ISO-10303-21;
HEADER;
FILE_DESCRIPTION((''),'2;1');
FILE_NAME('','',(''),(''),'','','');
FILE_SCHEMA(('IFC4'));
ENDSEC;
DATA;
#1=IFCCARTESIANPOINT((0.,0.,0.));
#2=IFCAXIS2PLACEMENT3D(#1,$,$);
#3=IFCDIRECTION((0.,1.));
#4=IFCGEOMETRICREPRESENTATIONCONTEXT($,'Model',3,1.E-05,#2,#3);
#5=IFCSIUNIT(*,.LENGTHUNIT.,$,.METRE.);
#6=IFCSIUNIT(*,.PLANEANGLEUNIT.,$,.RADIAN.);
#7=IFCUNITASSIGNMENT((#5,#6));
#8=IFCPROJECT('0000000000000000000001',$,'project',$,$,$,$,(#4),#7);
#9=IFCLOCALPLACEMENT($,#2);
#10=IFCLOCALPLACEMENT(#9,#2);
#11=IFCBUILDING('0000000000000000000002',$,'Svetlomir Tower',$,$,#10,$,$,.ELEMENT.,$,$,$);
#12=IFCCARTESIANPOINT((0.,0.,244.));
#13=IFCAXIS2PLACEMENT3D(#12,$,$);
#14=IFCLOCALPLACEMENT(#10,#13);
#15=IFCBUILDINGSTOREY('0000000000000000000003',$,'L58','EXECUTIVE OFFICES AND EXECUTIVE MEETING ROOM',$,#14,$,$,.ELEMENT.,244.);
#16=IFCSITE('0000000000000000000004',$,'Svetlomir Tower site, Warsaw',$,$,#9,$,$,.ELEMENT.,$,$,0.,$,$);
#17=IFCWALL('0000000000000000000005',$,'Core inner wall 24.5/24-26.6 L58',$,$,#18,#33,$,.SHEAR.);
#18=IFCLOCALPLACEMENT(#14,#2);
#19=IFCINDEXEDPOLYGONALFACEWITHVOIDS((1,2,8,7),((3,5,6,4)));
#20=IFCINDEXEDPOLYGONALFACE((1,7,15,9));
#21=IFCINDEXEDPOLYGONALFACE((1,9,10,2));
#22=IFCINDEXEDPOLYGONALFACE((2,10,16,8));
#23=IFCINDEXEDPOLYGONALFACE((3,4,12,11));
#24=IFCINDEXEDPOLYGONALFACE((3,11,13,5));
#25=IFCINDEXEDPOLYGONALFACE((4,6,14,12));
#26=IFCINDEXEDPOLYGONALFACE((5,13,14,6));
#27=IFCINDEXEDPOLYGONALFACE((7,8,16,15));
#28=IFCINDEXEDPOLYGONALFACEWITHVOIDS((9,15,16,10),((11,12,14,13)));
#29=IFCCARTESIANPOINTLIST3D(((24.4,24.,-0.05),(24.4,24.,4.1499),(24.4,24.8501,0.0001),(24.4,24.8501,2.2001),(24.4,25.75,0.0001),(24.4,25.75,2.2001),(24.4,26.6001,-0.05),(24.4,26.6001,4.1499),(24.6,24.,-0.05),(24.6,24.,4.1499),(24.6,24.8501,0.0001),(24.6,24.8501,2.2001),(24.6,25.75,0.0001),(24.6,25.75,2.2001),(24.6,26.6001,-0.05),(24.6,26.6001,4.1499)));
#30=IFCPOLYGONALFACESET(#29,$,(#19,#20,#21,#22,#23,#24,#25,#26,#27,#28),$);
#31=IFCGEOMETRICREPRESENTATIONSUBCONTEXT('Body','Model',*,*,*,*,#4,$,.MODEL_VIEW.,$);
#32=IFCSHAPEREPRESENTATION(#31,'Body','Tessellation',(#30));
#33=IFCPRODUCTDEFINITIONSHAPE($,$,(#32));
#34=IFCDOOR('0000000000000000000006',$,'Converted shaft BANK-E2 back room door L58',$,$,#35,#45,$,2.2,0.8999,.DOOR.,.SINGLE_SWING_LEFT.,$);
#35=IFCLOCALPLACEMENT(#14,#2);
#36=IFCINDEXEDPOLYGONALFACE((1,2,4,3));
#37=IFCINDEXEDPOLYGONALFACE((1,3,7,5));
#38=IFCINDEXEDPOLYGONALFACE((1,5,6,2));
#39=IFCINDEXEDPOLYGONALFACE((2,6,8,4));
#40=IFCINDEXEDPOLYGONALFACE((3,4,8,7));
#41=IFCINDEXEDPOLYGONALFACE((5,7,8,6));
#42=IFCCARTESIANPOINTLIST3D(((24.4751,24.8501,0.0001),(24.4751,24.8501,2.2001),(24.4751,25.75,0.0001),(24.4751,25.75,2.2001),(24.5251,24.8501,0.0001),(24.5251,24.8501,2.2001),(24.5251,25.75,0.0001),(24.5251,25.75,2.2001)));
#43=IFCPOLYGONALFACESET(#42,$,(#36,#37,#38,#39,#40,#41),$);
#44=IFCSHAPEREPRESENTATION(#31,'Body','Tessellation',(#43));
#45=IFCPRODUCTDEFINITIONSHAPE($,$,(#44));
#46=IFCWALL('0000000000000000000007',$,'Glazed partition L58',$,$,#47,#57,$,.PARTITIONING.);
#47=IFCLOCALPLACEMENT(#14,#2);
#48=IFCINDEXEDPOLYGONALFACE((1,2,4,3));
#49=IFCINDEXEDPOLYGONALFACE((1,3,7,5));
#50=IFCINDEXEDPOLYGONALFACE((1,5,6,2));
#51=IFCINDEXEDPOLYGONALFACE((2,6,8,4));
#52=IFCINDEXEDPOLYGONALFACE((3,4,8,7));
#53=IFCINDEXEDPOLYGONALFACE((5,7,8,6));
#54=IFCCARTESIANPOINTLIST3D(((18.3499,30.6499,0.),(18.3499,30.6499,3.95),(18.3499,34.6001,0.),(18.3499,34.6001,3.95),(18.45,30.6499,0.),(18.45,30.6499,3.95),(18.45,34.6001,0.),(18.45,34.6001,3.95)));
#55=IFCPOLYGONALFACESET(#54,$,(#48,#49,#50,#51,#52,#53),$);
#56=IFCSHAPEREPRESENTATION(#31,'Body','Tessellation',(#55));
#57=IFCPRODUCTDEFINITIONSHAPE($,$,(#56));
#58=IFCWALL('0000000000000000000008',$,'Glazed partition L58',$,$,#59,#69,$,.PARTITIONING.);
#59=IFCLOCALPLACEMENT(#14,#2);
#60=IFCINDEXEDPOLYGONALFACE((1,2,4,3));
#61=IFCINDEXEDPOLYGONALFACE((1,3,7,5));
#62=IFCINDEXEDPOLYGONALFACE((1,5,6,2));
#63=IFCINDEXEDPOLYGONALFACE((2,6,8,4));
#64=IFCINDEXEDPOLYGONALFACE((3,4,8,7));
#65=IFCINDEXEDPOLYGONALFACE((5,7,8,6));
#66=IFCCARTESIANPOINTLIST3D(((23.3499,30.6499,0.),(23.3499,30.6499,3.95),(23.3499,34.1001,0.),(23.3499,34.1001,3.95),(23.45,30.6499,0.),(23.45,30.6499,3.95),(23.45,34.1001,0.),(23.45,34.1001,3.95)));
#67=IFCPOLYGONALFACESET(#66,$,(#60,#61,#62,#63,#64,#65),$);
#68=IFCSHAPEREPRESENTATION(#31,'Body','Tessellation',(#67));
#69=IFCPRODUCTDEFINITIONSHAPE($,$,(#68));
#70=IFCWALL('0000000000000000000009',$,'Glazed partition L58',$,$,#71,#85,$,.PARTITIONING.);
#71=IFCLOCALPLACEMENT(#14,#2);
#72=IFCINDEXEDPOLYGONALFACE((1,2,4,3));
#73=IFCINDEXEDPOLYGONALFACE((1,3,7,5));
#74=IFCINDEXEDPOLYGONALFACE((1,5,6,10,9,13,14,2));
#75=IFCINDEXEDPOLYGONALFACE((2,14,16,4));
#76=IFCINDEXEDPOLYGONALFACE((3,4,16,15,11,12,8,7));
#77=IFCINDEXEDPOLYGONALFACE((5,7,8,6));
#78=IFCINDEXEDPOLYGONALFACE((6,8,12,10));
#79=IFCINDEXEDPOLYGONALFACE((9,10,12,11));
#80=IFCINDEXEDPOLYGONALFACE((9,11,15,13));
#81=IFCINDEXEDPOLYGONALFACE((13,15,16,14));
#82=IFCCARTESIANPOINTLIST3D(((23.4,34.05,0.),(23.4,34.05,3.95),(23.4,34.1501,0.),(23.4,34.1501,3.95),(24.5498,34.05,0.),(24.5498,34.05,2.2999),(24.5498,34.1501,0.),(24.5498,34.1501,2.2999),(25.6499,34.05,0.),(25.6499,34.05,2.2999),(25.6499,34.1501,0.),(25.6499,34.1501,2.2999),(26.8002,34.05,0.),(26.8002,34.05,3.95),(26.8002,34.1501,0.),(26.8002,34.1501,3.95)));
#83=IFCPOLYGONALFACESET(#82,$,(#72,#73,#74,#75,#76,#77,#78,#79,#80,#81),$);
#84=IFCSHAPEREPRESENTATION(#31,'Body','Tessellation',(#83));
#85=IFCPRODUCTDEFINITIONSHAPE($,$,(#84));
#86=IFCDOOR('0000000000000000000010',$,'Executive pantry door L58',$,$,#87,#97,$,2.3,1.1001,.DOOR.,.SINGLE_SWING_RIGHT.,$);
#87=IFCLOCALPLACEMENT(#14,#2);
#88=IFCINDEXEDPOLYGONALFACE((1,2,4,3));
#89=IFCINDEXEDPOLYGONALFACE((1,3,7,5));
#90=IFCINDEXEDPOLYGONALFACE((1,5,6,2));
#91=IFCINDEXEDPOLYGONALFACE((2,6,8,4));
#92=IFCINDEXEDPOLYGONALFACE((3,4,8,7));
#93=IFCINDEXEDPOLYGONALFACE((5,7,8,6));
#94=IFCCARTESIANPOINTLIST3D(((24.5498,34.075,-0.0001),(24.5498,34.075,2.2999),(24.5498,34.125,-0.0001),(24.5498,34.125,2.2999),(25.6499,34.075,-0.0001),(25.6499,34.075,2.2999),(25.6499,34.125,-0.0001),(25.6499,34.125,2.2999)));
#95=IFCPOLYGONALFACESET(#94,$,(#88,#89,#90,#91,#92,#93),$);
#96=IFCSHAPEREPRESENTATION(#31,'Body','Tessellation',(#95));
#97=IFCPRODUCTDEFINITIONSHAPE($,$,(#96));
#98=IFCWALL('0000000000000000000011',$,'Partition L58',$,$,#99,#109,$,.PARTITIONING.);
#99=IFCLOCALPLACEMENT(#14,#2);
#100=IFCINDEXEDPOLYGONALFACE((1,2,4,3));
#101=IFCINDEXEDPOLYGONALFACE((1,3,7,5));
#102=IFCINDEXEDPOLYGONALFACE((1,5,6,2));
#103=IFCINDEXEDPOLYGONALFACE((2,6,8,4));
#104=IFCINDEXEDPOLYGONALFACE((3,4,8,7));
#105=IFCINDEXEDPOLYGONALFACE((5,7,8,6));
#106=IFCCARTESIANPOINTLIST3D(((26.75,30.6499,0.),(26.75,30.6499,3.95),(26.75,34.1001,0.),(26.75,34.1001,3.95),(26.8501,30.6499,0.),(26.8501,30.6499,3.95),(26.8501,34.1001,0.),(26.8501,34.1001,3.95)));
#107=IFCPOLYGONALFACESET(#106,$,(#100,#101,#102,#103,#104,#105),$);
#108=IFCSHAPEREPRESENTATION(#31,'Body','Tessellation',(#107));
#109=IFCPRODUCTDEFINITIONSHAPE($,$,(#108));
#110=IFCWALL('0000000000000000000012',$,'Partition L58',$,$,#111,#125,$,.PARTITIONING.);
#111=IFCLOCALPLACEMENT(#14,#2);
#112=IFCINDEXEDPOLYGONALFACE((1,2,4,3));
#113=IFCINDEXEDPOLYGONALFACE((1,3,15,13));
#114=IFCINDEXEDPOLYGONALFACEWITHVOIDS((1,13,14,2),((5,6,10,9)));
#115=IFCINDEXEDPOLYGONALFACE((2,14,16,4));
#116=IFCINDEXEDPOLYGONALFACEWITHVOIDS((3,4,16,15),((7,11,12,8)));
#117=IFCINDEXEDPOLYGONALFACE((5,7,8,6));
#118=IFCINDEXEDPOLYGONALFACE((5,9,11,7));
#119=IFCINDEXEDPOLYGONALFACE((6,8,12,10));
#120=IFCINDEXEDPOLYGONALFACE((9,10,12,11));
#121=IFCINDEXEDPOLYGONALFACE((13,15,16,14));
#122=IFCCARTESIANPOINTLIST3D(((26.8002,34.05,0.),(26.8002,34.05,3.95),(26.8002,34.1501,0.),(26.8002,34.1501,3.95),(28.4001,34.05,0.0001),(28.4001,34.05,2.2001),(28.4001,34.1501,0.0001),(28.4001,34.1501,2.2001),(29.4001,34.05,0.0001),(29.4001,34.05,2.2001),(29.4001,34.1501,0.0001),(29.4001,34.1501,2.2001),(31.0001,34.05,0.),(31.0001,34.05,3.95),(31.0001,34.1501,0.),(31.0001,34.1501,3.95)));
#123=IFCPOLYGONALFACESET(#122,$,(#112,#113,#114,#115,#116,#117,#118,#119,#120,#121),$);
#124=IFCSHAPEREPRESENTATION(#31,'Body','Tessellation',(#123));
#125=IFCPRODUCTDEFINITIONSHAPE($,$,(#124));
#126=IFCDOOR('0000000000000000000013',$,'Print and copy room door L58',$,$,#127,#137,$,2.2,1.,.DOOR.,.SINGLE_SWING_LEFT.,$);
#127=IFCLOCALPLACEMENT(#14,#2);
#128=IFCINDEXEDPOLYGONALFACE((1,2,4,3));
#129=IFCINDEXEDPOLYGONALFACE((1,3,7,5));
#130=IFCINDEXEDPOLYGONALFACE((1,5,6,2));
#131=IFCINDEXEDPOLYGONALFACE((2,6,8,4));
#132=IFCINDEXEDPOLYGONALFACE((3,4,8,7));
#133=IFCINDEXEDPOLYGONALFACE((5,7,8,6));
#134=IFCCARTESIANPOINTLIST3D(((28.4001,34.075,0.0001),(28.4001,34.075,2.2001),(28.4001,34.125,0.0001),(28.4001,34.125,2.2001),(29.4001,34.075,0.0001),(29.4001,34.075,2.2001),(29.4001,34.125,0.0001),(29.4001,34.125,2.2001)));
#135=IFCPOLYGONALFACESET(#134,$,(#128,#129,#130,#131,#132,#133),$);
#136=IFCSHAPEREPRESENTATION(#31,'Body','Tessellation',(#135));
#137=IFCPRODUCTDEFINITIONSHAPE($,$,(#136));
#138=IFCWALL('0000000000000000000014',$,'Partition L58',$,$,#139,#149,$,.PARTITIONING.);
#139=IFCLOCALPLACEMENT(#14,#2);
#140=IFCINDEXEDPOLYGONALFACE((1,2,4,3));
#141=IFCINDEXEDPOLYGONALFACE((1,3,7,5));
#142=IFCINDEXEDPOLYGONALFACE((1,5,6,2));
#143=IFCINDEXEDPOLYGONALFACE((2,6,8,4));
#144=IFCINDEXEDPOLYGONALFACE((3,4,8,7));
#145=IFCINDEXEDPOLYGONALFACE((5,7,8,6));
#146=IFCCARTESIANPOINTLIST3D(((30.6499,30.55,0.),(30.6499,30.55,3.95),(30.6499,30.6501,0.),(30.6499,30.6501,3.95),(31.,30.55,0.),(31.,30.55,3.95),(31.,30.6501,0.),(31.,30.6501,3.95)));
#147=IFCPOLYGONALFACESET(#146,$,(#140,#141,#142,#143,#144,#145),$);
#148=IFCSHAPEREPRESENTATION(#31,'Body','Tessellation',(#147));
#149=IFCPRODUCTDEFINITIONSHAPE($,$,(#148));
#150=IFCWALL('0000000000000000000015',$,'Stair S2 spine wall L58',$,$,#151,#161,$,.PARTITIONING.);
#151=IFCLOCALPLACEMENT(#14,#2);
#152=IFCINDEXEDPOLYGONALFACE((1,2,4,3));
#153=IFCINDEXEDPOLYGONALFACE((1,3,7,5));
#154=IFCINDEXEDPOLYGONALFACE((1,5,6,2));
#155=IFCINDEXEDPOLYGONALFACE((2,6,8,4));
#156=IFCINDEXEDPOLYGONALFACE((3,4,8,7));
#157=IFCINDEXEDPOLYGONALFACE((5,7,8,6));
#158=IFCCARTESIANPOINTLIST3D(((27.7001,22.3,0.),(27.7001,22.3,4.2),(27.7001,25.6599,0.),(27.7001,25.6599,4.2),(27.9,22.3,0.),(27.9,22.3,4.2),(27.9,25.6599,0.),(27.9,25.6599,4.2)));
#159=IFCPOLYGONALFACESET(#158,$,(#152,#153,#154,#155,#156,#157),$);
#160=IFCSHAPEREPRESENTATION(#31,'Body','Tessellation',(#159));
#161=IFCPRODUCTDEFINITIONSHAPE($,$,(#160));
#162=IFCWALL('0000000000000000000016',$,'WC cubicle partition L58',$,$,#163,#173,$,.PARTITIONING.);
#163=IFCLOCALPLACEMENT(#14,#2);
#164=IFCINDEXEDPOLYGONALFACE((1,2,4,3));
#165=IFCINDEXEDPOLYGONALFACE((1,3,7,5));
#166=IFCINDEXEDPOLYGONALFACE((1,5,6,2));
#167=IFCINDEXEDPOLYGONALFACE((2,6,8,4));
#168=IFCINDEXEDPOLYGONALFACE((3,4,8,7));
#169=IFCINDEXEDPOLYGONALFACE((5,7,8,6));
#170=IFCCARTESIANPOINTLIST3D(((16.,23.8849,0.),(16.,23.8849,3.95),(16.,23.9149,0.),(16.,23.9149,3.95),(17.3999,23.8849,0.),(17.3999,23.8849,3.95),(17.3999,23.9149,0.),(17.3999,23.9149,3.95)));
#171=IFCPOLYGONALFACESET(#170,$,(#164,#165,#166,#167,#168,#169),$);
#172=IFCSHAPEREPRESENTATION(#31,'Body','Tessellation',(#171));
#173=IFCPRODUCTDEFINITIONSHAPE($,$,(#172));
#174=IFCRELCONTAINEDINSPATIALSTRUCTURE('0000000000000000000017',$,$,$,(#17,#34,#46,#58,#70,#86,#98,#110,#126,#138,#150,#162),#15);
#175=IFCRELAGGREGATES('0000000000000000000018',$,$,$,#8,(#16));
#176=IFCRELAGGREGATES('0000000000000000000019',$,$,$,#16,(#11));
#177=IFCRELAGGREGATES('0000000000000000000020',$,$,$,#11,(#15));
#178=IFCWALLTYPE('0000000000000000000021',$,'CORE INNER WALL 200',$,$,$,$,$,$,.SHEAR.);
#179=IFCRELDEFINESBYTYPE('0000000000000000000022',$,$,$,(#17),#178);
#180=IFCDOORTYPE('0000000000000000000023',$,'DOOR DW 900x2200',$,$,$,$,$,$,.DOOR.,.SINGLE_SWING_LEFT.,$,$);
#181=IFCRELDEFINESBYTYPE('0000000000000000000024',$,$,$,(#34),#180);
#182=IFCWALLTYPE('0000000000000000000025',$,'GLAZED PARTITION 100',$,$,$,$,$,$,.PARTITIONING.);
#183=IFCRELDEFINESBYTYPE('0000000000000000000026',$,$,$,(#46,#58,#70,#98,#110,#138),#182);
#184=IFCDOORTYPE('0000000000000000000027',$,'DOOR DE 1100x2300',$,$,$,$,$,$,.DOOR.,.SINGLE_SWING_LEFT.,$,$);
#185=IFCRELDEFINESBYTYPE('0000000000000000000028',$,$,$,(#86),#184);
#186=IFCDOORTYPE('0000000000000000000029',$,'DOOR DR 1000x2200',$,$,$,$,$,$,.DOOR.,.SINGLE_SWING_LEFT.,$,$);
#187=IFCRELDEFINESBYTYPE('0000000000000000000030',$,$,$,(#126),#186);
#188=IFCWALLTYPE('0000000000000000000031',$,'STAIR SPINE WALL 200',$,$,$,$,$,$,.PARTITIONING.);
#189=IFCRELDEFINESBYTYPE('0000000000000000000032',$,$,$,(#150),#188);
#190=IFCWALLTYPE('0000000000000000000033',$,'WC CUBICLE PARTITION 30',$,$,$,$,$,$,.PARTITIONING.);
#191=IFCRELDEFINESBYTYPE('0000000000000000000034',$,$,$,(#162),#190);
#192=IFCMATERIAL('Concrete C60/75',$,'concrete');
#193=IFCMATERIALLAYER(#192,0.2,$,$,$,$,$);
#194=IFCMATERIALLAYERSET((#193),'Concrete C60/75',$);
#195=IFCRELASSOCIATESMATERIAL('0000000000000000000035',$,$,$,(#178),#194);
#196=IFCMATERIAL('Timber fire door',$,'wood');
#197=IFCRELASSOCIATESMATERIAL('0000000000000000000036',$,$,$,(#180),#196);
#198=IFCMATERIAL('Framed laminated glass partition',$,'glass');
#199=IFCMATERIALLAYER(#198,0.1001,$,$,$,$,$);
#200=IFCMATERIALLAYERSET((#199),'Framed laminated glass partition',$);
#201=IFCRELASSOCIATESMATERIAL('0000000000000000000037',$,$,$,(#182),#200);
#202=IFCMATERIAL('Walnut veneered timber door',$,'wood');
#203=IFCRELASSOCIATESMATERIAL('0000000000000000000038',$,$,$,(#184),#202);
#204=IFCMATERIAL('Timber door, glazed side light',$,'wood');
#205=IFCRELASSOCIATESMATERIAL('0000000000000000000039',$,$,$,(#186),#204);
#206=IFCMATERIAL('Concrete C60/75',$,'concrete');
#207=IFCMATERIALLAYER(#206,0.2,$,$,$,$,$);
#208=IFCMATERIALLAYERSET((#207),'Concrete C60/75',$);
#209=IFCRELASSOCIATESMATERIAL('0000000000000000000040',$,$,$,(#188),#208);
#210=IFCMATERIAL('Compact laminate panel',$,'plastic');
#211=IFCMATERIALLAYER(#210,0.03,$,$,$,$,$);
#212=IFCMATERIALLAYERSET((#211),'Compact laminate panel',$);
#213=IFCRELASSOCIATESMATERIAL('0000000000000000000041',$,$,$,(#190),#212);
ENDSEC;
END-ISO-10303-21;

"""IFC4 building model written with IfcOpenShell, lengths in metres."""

from ifc_helpers import new_model, si_unit, direction, frame, frame_2d, origin, place, context, subcontext, project, spatial, rectangle, extrude, material, layer, layer_set, type_object, element, fill, save


model = new_model("IFC4")

# Units and contexts
model_context = context("Model", 3, precision=1e-05, world=origin(), true_north=direction((0.0, 1.0)))
body_context = subcontext(model_context, "Body", "Model", "MODEL_VIEW")
ifc_project = project(units=[si_unit("LENGTHUNIT", "METRE"), si_unit("PLANEANGLEUNIT", "RADIAN")], contexts=[model_context])

# Site, building, storey
site_placement = place(None, origin())
site = spatial("IfcSite", under=ifc_project, at=site_placement, Name="Svetlomir Tower site, Warsaw", CompositionType="ELEMENT", RefElevation=0.0)
building_placement = place(site_placement, origin())
building = spatial("IfcBuilding", under=site, at=building_placement, Name="Svetlomir Tower", CompositionType="ELEMENT")
storey_placement = place(building_placement, frame((0.0, 0.0, 244.0)))
storey = spatial("IfcBuildingStorey", under=building, at=storey_placement, Name="L58", Description="EXECUTIVE OFFICES AND EXECUTIVE MEETING ROOM", CompositionType="ELEMENT", Elevation=244.0)

# Shared definitions
ifc_material_1 = material(Name="Concrete C60/75", Category="concrete")
ifc_layer_1 = layer(ifc_material_1, 0.2)
ifc_layer_set_1 = layer_set([ifc_layer_1], Name="Concrete C60/75")
wall_type_1 = type_object("IfcWallType", Name="CORE INNER WALL 200", PredefinedType="SHEAR", material=ifc_layer_set_1)

# Wall, opening, door
ifc_material_2 = material(Name="Timber fire door", Category="wood")
door_type_1 = type_object("IfcDoorType", Name="DOOR DW 900x2200", OperationType="SINGLE_SWING_LEFT", PredefinedType="DOOR", material=ifc_material_2)
wall_1_placement = place(storey_placement, frame((24.5, 24.0, -0.05), z_axis=(0.0, 0.0, 1.0), x_axis=(0.0, 1.0, 0.0)))
wall_1 = element("IfcWall", 1, at=wall_1_placement, inside=storey, type_object=wall_type_1, Name="Core inner wall 24.5/24-26.6 L58", PredefinedType="SHEAR", context=body_context, shape_type="SweptSolid", body=[
    extrude(rectangle(XDim=2.6001, YDim=0.2, at=frame_2d((1.3, 0.0))), origin(), (0.0, 0.0, 1.0), 4.2),
])
opening_1_placement = place(wall_1_placement, frame((0.8501, 0.0, 0.05)))
opening_1 = element("IfcOpeningElement", 2, at=opening_1_placement, cuts=wall_1, PredefinedType="OPENING", context=body_context, shape_type="SweptSolid", body=[
    extrude(rectangle(XDim=0.8999, YDim=2.2, at=frame_2d((0.45, 1.1001))), frame((0.0, 0.1099, 0.0), z_axis=(0.0, -1.0, 0.0), x_axis=(1.0, 0.0, 0.0)), (0.0, 0.0, 1.0), 0.22),
])
door_1_placement = place(opening_1_placement, origin())
door_1 = element("IfcDoor", 3, at=door_1_placement, inside=storey, type_object=door_type_1, Name="Converted shaft BANK-E2 back room door L58", OperationType="SINGLE_SWING_LEFT", OverallHeight=2.2, OverallWidth=0.8999, PredefinedType="DOOR", context=body_context, shape_type="SweptSolid", body=[
    extrude(rectangle(XDim=0.8999, YDim=2.2, at=frame_2d((0.45, 1.1001))), frame((0.0, 0.0249, 0.0), z_axis=(0.0, -1.0, 0.0), x_axis=(1.0, 0.0, 0.0)), (0.0, 0.0, 1.0), 0.05),
])
fill(opening_1, door_1)

# Walls
ifc_material_3 = material(Name="Framed laminated glass partition", Category="glass")
ifc_layer_2 = layer(ifc_material_3, 0.1001)
ifc_layer_set_2 = layer_set([ifc_layer_2], Name="Framed laminated glass partition")
wall_type_2 = type_object("IfcWallType", Name="GLAZED PARTITION 100", PredefinedType="PARTITIONING", material=ifc_layer_set_2)
wall_2_placement = place(storey_placement, frame((18.3999, 30.6499, 0.0), z_axis=(0.0, 0.0, 1.0), x_axis=(0.0, 1.0, 0.0)))
element("IfcWall", 4, at=wall_2_placement, inside=storey, type_object=wall_type_2, Name="Glazed partition L58", PredefinedType="PARTITIONING", context=body_context, shape_type="SweptSolid", body=[
    extrude(rectangle(XDim=3.9502, YDim=0.1001, at=frame_2d((1.9751, 0.0))), origin(), (0.0, 0.0, 1.0), 3.95),
])
wall_3_placement = place(storey_placement, frame((23.3999, 30.6499, 0.0), z_axis=(0.0, 0.0, 1.0), x_axis=(0.0, 1.0, 0.0)))
element("IfcWall", 5, at=wall_3_placement, inside=storey, type_object=wall_type_2, Name="Glazed partition L58", PredefinedType="PARTITIONING", context=body_context, shape_type="SweptSolid", body=[
    extrude(rectangle(XDim=3.4502, YDim=0.1001, at=frame_2d((1.7251, 0.0))), origin(), (0.0, 0.0, 1.0), 3.95),
])

# Wall, opening, door
wall_4_placement = place(storey_placement, frame((23.3999, 34.1001, 0.0), z_axis=(0.0, 0.0, 1.0), x_axis=(1.0, 0.0, 0.0)))
wall_4 = element("IfcWall", 6, at=wall_4_placement, inside=storey, type_object=wall_type_2, Name="Glazed partition L58", PredefinedType="PARTITIONING", context=body_context, shape_type="SweptSolid", body=[
    extrude(rectangle(XDim=3.4001, YDim=0.1001, at=frame_2d((1.7002, 0.0))), origin(), (0.0, 0.0, 1.0), 3.95),
])
opening_2_placement = place(wall_4_placement, frame((1.1499, 0.0, 0.0)))
opening_2 = element("IfcOpeningElement", 7, at=opening_2_placement, cuts=wall_4, PredefinedType="OPENING", context=body_context, shape_type="SweptSolid", body=[
    extrude(rectangle(XDim=1.1001, YDim=2.3, at=frame_2d((0.55, 1.1499))), frame((0.0, 0.0601, 0.0), z_axis=(0.0, -1.0, 0.0), x_axis=(1.0, 0.0, 0.0)), (0.0, 0.0, 1.0), 0.1201),
])
ifc_material_4 = material(Name="Walnut veneered timber door", Category="wood")
door_type_2 = type_object("IfcDoorType", Name="DOOR DE 1100x2300", OperationType="SINGLE_SWING_LEFT", PredefinedType="DOOR", material=ifc_material_4)
door_2_placement = place(opening_2_placement, origin())
door_2 = element("IfcDoor", 8, at=door_2_placement, inside=storey, type_object=door_type_2, Name="Executive pantry door L58", OperationType="SINGLE_SWING_RIGHT", OverallHeight=2.3, OverallWidth=1.1001, PredefinedType="DOOR", context=body_context, shape_type="SweptSolid", body=[
    extrude(rectangle(XDim=1.1001, YDim=2.3, at=frame_2d((0.55, 1.1499))), frame((0.0, 0.0249, 0.0), z_axis=(0.0, -1.0, 0.0), x_axis=(1.0, 0.0, 0.0)), (0.0, 0.0, 1.0), 0.05),
])
fill(opening_2, door_2)

# Wall
wall_5_placement = place(storey_placement, frame((26.8, 30.6499, 0.0), z_axis=(0.0, 0.0, 1.0), x_axis=(0.0, 1.0, 0.0)))
element("IfcWall", 9, at=wall_5_placement, inside=storey, type_object=wall_type_2, Name="Partition L58", PredefinedType="PARTITIONING", context=body_context, shape_type="SweptSolid", body=[
    extrude(rectangle(XDim=3.4502, YDim=0.1001, at=frame_2d((1.7251, 0.0))), origin(), (0.0, 0.0, 1.0), 3.95),
])

# Wall, opening, door
wall_6_placement = place(storey_placement, frame((26.8, 34.1001, 0.0), z_axis=(0.0, 0.0, 1.0), x_axis=(1.0, 0.0, 0.0)))
wall_6 = element("IfcWall", 10, at=wall_6_placement, inside=storey, type_object=wall_type_2, Name="Partition L58", PredefinedType="PARTITIONING", context=body_context, shape_type="SweptSolid", body=[
    extrude(rectangle(XDim=4.2, YDim=0.1001, at=frame_2d((2.1001, 0.0))), origin(), (0.0, 0.0, 1.0), 3.95),
])
opening_3_placement = place(wall_6_placement, frame((1.6001, 0.0, 0.0)))
opening_3 = element("IfcOpeningElement", 11, at=opening_3_placement, cuts=wall_6, PredefinedType="OPENING", context=body_context, shape_type="SweptSolid", body=[
    extrude(rectangle(XDim=1.0, YDim=2.2, at=frame_2d((0.5, 1.1001))), frame((0.0, 0.0601, 0.0), z_axis=(0.0, -1.0, 0.0), x_axis=(1.0, 0.0, 0.0)), (0.0, 0.0, 1.0), 0.1201),
])
ifc_material_5 = material(Name="Timber door, glazed side light", Category="wood")
door_type_3 = type_object("IfcDoorType", Name="DOOR DR 1000x2200", OperationType="SINGLE_SWING_LEFT", PredefinedType="DOOR", material=ifc_material_5)
door_3_placement = place(opening_3_placement, origin())
door_3 = element("IfcDoor", 12, at=door_3_placement, inside=storey, type_object=door_type_3, Name="Print and copy room door L58", OperationType="SINGLE_SWING_LEFT", OverallHeight=2.2, OverallWidth=1.0, PredefinedType="DOOR", context=body_context, shape_type="SweptSolid", body=[
    extrude(rectangle(XDim=1.0, YDim=2.2, at=frame_2d((0.5, 1.1001))), frame((0.0, 0.0249, 0.0), z_axis=(0.0, -1.0, 0.0), x_axis=(1.0, 0.0, 0.0)), (0.0, 0.0, 1.0), 0.05),
])
fill(opening_3, door_3)

# Walls
wall_7_placement = place(storey_placement, frame((30.6499, 30.6001, 0.0), z_axis=(0.0, 0.0, 1.0), x_axis=(1.0, 0.0, 0.0)))
element("IfcWall", 13, at=wall_7_placement, inside=storey, type_object=wall_type_2, Name="Partition L58", PredefinedType="PARTITIONING", context=body_context, shape_type="SweptSolid", body=[
    extrude(rectangle(XDim=0.3501, YDim=0.1001, at=frame_2d((0.175, 0.0))), origin(), (0.0, 0.0, 1.0), 3.95),
])
ifc_material_6 = material(Name="Concrete C60/75", Category="concrete")
ifc_layer_3 = layer(ifc_material_6, 0.2)
ifc_layer_set_3 = layer_set([ifc_layer_3], Name="Concrete C60/75")
wall_type_3 = type_object("IfcWallType", Name="STAIR SPINE WALL 200", PredefinedType="PARTITIONING", material=ifc_layer_set_3)
wall_8_placement = place(storey_placement, frame((27.8, 22.3, 0.0), z_axis=(0.0, 0.0, 1.0), x_axis=(0.0, 1.0, 0.0)))
element("IfcWall", 14, at=wall_8_placement, inside=storey, type_object=wall_type_3, Name="Stair S2 spine wall L58", PredefinedType="PARTITIONING", context=body_context, shape_type="SweptSolid", body=[
    extrude(rectangle(XDim=3.3599, YDim=0.2, at=frame_2d((1.6799, 0.0))), origin(), (0.0, 0.0, 1.0), 4.2),
])
ifc_material_7 = material(Name="Compact laminate panel", Category="plastic")
ifc_layer_4 = layer(ifc_material_7, 0.03)
ifc_layer_set_4 = layer_set([ifc_layer_4], Name="Compact laminate panel")
wall_type_4 = type_object("IfcWallType", Name="WC CUBICLE PARTITION 30", PredefinedType="PARTITIONING", material=ifc_layer_set_4)
wall_9_placement = place(storey_placement, frame((16.0, 23.8999, 0.0), z_axis=(0.0, 0.0, 1.0), x_axis=(1.0, 0.0, 0.0)))
element("IfcWall", 15, at=wall_9_placement, inside=storey, type_object=wall_type_4, Name="WC cubicle partition L58", PredefinedType="PARTITIONING", context=body_context, shape_type="SweptSolid", body=[
    extrude(rectangle(XDim=1.3999, YDim=0.03, at=frame_2d((0.7, 0.0))), origin(), (0.0, 0.0, 1.0), 3.95),
])

save(model, "model.ifc")
